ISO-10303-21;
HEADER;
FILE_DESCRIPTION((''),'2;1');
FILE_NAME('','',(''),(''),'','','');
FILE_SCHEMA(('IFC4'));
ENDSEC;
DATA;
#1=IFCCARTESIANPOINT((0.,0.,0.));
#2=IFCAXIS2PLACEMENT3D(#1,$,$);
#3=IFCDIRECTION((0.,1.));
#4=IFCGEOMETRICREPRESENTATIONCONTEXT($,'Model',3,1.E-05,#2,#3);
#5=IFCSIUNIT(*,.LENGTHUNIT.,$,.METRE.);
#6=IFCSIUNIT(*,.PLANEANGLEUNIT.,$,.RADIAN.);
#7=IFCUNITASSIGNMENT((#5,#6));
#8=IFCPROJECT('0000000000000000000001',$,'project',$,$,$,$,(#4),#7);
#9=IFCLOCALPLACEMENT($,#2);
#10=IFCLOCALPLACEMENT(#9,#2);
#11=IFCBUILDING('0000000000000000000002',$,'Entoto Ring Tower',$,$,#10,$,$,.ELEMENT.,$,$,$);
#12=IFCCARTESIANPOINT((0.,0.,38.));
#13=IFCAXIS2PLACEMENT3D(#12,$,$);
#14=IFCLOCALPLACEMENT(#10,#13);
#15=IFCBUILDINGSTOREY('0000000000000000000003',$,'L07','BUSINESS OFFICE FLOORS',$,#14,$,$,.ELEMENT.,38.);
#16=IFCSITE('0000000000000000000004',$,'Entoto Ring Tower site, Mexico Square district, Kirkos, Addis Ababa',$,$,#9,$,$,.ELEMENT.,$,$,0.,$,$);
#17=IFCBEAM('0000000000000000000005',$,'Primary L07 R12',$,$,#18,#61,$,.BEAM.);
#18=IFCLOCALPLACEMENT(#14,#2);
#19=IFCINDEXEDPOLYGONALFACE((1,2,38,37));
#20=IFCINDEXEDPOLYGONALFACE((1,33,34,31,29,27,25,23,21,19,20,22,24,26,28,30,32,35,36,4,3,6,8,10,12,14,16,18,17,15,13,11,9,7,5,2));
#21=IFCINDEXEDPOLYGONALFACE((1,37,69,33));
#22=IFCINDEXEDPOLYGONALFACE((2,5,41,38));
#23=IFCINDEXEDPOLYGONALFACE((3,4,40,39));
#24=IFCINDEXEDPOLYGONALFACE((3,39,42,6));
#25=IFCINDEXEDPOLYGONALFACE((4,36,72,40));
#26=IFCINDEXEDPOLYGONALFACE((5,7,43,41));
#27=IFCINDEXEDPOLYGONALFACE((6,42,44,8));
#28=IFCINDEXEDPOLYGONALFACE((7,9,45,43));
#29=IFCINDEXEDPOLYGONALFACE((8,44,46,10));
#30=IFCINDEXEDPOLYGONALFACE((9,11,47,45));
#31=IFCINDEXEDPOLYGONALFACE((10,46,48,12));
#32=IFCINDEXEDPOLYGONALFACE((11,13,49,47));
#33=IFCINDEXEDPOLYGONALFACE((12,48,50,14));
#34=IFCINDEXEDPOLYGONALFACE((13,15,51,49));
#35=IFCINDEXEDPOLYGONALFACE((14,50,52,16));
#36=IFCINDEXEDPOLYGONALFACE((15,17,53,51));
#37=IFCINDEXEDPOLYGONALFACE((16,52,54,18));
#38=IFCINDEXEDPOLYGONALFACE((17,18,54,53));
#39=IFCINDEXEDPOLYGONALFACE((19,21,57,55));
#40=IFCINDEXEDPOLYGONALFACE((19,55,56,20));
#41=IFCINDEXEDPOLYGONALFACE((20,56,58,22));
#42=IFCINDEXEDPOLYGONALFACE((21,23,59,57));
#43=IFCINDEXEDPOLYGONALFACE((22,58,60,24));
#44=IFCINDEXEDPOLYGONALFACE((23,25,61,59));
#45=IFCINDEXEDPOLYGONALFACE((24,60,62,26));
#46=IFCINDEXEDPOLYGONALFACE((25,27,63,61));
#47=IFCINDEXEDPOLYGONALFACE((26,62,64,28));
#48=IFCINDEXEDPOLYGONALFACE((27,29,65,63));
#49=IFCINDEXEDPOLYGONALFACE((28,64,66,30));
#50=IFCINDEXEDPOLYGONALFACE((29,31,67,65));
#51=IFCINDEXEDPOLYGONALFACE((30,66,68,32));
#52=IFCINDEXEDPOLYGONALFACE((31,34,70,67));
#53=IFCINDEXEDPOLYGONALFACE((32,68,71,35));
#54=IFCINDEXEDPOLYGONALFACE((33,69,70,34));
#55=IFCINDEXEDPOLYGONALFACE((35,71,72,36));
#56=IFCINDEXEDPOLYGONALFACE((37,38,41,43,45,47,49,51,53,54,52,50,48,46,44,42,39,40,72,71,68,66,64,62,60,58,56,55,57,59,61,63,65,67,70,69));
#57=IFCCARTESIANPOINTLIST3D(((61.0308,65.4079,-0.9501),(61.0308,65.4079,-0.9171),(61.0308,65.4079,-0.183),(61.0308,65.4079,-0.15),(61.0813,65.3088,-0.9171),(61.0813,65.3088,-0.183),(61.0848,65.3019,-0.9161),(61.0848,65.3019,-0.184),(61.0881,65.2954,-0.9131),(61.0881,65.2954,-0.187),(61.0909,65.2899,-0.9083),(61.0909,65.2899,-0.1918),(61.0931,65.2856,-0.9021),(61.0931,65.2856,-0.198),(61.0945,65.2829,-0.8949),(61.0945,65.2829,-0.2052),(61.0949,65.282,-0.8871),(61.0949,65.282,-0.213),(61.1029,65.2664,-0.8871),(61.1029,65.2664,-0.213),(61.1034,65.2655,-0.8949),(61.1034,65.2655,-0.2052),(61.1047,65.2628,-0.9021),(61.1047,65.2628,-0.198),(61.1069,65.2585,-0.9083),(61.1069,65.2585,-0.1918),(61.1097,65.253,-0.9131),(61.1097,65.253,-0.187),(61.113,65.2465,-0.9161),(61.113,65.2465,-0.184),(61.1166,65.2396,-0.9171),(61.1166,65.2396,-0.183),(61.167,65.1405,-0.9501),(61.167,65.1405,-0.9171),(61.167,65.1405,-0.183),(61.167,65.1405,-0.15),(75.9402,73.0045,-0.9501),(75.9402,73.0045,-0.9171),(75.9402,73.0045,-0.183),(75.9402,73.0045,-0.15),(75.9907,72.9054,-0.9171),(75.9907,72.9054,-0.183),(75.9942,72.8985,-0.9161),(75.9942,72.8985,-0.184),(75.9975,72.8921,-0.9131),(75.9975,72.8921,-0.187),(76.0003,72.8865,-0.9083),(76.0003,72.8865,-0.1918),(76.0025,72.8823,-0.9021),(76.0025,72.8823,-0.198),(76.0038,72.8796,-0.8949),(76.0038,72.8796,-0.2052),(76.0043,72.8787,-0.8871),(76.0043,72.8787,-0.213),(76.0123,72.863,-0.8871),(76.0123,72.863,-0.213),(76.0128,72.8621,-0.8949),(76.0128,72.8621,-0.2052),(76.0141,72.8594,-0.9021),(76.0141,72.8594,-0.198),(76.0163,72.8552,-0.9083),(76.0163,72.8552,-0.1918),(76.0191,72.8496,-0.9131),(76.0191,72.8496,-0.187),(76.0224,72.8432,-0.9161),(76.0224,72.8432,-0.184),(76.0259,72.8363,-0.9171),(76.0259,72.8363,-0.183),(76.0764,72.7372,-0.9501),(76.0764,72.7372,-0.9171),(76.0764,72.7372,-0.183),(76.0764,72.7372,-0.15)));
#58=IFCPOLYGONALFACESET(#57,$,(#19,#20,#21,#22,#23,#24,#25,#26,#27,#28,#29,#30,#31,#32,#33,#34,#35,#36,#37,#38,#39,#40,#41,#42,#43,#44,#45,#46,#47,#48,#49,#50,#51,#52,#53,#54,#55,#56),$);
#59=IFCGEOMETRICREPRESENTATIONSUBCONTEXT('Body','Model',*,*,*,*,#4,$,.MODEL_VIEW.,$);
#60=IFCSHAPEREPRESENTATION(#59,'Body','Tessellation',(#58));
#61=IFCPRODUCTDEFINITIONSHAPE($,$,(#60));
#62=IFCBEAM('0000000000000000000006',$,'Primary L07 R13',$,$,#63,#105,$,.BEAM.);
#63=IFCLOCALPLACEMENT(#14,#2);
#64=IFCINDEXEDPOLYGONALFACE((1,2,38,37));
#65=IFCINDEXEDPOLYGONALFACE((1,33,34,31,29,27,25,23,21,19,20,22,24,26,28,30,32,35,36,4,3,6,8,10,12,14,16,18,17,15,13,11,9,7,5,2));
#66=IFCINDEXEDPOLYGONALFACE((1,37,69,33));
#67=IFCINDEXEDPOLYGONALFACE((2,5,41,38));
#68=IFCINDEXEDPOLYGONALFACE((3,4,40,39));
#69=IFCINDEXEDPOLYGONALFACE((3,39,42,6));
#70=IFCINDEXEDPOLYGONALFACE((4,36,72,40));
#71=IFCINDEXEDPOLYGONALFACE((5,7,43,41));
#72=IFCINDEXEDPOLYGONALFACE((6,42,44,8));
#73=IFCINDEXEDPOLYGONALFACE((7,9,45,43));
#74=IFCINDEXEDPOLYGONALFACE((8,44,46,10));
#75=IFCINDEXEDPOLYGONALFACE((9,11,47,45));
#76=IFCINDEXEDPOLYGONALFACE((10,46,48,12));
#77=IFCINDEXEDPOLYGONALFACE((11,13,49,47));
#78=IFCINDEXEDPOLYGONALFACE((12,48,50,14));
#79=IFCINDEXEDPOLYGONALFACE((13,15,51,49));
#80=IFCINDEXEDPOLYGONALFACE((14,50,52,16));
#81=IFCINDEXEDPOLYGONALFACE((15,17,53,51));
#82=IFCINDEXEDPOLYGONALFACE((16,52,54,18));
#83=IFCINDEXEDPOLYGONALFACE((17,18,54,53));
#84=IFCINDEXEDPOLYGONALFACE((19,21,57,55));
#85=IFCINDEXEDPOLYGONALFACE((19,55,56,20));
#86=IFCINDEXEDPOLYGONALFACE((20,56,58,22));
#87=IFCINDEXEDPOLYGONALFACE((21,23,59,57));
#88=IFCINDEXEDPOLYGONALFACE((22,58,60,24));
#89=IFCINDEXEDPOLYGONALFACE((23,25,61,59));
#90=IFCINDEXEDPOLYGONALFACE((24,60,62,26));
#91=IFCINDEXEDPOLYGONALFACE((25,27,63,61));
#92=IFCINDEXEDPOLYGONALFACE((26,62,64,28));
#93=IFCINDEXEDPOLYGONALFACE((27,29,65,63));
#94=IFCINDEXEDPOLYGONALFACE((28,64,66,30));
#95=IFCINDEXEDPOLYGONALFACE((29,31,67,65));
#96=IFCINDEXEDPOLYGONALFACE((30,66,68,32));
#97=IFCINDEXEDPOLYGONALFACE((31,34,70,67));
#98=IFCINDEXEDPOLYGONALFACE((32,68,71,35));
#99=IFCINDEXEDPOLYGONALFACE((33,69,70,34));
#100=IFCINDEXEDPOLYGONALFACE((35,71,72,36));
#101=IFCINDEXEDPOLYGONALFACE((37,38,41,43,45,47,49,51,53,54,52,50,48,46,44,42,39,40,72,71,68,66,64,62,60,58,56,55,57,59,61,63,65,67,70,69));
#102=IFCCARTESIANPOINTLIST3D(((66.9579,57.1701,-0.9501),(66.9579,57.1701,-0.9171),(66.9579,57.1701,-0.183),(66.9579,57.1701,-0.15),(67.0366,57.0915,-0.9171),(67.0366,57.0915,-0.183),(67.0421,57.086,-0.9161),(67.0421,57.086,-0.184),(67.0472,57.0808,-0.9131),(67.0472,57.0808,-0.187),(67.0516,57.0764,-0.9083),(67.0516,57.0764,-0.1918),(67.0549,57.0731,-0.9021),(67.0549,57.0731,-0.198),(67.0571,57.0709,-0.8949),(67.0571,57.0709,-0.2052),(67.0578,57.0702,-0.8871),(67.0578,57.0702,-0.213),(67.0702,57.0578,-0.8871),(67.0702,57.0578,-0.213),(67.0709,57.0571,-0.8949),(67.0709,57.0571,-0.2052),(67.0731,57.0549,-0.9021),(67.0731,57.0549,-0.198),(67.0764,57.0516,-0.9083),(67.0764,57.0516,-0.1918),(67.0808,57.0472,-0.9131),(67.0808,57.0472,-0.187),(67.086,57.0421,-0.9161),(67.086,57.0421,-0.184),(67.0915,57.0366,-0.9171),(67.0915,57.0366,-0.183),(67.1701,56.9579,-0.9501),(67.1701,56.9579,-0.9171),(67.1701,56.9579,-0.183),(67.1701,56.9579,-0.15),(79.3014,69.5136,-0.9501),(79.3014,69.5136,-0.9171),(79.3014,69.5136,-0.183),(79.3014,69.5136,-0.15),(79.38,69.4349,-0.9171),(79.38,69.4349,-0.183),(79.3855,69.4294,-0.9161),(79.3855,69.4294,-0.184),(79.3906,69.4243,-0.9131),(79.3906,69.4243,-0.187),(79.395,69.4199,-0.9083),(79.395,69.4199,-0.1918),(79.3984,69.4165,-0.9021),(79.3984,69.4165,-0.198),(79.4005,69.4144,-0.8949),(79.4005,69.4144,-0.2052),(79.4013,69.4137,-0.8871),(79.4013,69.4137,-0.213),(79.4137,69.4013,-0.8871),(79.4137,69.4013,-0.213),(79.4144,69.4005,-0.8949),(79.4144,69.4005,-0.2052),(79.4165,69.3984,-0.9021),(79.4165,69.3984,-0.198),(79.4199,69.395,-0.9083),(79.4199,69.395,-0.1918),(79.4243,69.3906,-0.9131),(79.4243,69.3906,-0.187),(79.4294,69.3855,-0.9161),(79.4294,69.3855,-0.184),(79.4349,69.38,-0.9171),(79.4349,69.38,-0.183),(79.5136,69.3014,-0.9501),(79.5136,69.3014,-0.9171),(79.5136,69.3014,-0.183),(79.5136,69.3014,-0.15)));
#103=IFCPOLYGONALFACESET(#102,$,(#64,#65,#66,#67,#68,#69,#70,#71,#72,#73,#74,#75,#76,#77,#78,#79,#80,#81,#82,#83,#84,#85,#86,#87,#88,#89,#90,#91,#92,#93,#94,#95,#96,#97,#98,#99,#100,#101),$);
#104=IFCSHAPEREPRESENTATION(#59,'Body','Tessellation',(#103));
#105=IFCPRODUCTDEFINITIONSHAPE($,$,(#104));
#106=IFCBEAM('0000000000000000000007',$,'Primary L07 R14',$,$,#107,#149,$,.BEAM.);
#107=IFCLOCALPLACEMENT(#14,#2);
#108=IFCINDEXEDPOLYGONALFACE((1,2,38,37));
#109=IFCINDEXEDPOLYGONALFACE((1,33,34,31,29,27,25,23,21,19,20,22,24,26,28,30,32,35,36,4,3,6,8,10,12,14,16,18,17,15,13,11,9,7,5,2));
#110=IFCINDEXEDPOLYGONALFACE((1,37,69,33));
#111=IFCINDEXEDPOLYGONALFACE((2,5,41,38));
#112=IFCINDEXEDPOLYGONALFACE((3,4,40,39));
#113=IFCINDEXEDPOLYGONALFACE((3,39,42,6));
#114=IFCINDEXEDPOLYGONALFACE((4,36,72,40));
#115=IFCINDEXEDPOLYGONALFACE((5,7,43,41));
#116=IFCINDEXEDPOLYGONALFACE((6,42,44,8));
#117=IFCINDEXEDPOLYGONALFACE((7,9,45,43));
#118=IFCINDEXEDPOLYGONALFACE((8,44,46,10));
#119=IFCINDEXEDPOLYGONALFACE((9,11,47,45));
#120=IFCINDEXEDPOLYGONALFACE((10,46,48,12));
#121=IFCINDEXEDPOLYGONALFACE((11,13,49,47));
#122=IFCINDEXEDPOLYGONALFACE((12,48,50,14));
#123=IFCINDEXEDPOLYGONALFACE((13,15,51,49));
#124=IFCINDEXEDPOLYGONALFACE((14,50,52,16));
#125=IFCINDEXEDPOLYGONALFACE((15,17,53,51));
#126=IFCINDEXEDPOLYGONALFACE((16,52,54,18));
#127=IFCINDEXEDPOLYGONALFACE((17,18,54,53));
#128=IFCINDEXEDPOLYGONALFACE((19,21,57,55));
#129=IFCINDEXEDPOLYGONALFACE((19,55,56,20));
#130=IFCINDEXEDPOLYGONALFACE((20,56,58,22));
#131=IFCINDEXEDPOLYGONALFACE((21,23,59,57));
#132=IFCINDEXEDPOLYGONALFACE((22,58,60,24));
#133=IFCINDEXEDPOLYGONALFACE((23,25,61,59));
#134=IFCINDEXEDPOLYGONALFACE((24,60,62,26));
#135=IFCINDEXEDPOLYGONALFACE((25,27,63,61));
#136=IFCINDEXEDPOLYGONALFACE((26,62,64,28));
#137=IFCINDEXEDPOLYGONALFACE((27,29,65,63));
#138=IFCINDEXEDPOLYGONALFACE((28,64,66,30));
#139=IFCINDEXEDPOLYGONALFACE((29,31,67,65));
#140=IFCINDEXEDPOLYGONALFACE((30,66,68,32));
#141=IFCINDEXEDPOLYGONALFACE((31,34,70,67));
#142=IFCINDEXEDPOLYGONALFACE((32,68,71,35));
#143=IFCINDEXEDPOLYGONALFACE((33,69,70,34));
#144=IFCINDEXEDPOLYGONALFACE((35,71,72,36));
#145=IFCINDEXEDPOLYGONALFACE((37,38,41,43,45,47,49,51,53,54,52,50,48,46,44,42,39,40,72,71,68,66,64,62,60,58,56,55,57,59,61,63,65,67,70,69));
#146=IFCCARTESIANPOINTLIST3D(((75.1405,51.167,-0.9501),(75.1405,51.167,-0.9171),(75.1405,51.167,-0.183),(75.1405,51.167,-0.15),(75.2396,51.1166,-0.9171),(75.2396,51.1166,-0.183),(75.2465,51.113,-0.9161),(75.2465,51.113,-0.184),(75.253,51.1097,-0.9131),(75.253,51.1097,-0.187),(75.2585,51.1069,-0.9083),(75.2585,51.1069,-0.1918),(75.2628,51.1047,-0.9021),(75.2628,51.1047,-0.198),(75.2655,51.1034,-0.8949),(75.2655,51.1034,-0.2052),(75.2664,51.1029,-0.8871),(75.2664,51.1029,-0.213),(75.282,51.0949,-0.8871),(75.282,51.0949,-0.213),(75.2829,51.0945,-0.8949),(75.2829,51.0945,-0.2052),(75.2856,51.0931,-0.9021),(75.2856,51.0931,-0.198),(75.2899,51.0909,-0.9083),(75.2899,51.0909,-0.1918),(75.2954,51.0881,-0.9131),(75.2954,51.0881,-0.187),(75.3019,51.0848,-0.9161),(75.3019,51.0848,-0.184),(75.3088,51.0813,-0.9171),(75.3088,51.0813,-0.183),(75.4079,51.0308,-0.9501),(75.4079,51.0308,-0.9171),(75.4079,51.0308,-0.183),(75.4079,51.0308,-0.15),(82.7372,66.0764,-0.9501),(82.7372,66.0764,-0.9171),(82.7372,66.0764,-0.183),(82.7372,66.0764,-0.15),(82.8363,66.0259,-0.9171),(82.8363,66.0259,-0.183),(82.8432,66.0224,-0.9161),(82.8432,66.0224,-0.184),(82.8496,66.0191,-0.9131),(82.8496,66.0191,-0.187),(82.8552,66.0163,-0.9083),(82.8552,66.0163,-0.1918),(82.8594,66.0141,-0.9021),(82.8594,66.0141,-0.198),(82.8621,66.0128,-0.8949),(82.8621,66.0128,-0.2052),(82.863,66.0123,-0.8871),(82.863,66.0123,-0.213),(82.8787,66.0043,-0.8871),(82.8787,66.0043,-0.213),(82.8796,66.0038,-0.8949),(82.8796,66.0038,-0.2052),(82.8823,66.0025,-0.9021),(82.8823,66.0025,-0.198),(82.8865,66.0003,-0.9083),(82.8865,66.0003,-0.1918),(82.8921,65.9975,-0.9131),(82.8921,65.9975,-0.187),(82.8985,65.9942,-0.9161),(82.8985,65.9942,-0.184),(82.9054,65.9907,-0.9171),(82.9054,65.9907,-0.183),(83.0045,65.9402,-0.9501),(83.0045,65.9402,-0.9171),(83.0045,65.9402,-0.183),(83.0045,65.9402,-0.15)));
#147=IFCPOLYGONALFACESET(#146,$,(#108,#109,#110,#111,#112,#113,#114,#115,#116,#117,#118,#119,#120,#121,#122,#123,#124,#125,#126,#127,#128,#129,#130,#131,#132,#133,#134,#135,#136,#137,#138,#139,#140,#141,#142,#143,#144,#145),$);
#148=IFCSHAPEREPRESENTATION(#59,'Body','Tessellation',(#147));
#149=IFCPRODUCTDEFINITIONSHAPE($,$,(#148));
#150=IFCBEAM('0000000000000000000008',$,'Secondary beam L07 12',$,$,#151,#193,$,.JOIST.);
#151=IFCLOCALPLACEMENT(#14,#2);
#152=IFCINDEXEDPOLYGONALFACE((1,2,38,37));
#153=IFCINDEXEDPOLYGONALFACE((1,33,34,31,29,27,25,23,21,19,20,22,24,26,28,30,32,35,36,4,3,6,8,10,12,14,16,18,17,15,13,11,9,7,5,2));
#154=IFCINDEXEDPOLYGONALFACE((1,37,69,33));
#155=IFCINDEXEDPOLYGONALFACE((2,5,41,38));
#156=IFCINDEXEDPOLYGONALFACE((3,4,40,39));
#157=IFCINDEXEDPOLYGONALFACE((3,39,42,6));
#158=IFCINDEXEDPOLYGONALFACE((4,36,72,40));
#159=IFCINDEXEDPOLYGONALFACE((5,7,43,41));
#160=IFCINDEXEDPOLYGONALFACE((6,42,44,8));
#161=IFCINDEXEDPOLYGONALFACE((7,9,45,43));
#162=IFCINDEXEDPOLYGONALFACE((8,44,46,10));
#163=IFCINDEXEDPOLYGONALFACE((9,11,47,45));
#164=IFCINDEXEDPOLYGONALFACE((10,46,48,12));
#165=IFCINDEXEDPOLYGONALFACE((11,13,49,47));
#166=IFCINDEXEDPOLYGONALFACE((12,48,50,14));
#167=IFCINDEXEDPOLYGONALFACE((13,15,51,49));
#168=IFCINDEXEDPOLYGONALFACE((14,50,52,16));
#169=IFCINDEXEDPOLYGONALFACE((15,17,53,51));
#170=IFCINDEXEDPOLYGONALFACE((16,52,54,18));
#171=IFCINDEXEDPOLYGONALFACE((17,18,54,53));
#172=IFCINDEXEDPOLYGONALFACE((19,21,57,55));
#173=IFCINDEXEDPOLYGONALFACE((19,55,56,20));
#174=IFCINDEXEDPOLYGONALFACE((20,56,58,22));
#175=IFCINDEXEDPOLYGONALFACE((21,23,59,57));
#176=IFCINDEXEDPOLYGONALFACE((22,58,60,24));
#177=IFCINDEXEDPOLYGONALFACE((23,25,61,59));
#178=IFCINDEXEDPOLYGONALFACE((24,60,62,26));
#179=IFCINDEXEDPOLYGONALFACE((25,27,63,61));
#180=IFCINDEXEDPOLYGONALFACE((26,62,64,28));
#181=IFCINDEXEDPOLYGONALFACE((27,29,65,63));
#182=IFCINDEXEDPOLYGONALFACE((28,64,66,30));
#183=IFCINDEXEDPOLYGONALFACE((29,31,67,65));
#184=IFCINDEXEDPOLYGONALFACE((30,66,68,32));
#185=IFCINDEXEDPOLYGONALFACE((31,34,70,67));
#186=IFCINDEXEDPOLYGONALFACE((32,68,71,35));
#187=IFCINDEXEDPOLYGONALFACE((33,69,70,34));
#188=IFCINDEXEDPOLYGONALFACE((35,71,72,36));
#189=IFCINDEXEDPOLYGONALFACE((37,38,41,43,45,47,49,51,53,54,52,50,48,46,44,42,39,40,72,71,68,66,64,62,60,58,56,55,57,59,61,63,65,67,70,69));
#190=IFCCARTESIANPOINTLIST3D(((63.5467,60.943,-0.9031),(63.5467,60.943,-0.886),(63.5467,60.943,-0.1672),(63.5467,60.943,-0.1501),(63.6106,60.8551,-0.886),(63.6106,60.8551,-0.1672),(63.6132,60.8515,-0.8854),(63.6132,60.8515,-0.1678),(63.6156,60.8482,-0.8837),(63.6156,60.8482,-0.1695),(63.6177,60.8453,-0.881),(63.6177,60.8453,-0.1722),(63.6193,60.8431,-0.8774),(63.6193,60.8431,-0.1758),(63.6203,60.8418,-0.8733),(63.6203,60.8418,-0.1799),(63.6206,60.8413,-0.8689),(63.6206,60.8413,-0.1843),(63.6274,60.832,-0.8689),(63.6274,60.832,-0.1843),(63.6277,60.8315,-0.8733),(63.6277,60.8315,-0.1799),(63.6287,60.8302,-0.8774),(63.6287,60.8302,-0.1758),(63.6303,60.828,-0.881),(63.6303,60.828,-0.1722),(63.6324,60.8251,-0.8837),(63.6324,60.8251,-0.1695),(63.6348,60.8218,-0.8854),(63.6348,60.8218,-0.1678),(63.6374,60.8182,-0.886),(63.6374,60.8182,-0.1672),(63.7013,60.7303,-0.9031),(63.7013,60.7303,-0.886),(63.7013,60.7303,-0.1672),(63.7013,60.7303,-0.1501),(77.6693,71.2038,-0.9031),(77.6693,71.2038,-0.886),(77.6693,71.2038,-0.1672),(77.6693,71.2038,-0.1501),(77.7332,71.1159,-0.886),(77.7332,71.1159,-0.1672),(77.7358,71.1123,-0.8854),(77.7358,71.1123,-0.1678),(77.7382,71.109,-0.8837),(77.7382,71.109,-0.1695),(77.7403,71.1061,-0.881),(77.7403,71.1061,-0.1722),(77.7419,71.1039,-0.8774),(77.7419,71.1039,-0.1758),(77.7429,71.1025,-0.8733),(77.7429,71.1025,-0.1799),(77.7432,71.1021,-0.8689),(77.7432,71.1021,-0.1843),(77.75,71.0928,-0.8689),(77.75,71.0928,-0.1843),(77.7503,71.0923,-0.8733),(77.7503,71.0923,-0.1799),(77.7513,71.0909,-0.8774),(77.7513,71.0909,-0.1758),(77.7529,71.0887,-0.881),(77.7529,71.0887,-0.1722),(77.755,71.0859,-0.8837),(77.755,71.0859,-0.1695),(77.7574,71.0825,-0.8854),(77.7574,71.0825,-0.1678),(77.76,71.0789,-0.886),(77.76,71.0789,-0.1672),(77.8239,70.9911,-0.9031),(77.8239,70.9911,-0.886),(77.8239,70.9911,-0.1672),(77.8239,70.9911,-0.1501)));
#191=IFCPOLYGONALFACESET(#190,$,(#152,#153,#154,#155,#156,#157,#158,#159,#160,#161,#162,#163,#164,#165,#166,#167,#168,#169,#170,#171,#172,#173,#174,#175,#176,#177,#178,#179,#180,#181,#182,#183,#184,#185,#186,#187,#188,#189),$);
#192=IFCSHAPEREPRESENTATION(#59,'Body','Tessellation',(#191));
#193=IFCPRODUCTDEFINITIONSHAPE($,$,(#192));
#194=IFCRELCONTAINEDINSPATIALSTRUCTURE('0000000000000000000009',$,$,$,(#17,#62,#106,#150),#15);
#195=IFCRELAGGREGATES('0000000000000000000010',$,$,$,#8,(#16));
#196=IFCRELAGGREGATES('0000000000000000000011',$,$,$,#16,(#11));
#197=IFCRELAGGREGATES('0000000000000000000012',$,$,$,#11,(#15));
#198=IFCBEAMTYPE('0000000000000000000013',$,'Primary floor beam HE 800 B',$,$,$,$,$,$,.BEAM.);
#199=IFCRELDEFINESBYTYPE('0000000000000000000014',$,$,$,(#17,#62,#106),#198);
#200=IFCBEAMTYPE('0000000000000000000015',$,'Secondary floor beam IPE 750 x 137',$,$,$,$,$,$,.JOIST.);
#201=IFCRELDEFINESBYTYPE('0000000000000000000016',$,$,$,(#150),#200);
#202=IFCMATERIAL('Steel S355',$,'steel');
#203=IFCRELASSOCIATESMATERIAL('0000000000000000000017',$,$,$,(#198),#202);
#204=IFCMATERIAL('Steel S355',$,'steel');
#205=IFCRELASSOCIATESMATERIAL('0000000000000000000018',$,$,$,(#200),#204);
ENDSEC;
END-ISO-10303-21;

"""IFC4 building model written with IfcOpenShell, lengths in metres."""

from ifc_helpers import new_model, si_unit, direction, frame, origin, origin_2d, place, context, subcontext, project, spatial, i_section, extrude, material, material_profile, profile_set, type_object, element, save


model = new_model("IFC4")

# Units and contexts
model_context = context("Model", 3, precision=1e-05, world=origin(), true_north=direction((0.0, 1.0)))
body_context = subcontext(model_context, "Body", "Model", "MODEL_VIEW")
ifc_project = project(units=[si_unit("LENGTHUNIT", "METRE"), si_unit("PLANEANGLEUNIT", "RADIAN")], contexts=[model_context])

# Site, building, storey
site_placement = place(None, origin())
site = spatial("IfcSite", under=ifc_project, at=site_placement, Name="Entoto Ring Tower site, Mexico Square district, Kirkos, Addis Ababa", CompositionType="ELEMENT", RefElevation=0.0)
building_placement = place(site_placement, origin())
building = spatial("IfcBuilding", under=site, at=building_placement, Name="Entoto Ring Tower", CompositionType="ELEMENT")
storey_placement = place(building_placement, frame((0.0, 0.0, 38.0)))
storey = spatial("IfcBuildingStorey", under=building, at=storey_placement, Name="L07", Description="BUSINESS OFFICE FLOORS", CompositionType="ELEMENT", Elevation=38.0)

# Beams
ifc_material_1 = material(Name="Steel S355", Category="steel")
ifc_material_profile_1 = material_profile(ifc_material_1, i_section(OverallWidth=0.3, OverallDepth=0.8, WebThickness=0.0176, FlangeThickness=0.033, FilletRadius=0.03, at=origin_2d()), Name="HE 800 B")
ifc_profile_set_1 = profile_set([ifc_material_profile_1], Name="Steel S355")
beam_type_1 = type_object("IfcBeamType", Name="Primary floor beam HE 800 B", PredefinedType="BEAM", material=ifc_profile_set_1)
beam_1_placement = place(storey_placement, frame((76.0083, 72.8708, -0.55), z_axis=(-0.891008, -0.453988, 0.0), x_axis=(0.453988, -0.891008, 0.0)))
element("IfcBeam", 1, at=beam_1_placement, inside=storey, type_object=beam_type_1, Name="Primary L07 R12", PredefinedType="BEAM", context=body_context, shape_type="SweptSolid", body=[
    extrude(i_section(OverallWidth=0.3, OverallDepth=0.8, WebThickness=0.0176, FlangeThickness=0.033, FilletRadius=0.03, at=origin_2d()), origin(), (0.0, 0.0, 1.0), 16.7332),
])
beam_2_placement = place(storey_placement, frame((79.4075, 69.4075, -0.55), z_axis=(-0.707107, -0.707107, 0.0), x_axis=(0.707107, -0.707107, 0.0)))
element("IfcBeam", 2, at=beam_2_placement, inside=storey, type_object=beam_type_1, Name="Primary L07 R13", PredefinedType="BEAM", context=body_context, shape_type="SweptSolid", body=[
    extrude(i_section(OverallWidth=0.3, OverallDepth=0.8, WebThickness=0.0176, FlangeThickness=0.033, FilletRadius=0.03, at=origin_2d()), origin(), (0.0, 0.0, 1.0), 17.4563),
])
beam_3_placement = place(storey_placement, frame((82.8708, 66.0083, -0.55), z_axis=(-0.453988, -0.891008, 0.0), x_axis=(0.891008, -0.453988, 0.0)))
element("IfcBeam", 3, at=beam_3_placement, inside=storey, type_object=beam_type_1, Name="Primary L07 R14", PredefinedType="BEAM", context=body_context, shape_type="SweptSolid", body=[
    extrude(i_section(OverallWidth=0.3, OverallDepth=0.8, WebThickness=0.0176, FlangeThickness=0.033, FilletRadius=0.03, at=origin_2d()), origin(), (0.0, 0.0, 1.0), 16.7332),
])
ifc_material_2 = material(Name="Steel S355", Category="steel")
ifc_material_profile_2 = material_profile(ifc_material_2, i_section(OverallWidth=0.2629, OverallDepth=0.7529, WebThickness=0.0115, FlangeThickness=0.0171, FilletRadius=0.0171, at=origin_2d()), Name="IPE 750 x 137")
ifc_profile_set_2 = profile_set([ifc_material_profile_2], Name="Steel S355")
beam_type_2 = type_object("IfcBeamType", Name="Secondary floor beam IPE 750 x 137", PredefinedType="JOIST", material=ifc_profile_set_2)
for number, where, z_axis, x_axis, name in (
    (4, (77.7466, 71.0974, -0.5266), (-0.809014, -0.587789, 0.0), (0.587789, -0.809014, 0.0), "Secondary beam L07 12"),
):
    element("IfcBeam", number, at=place(storey_placement, frame(where, z_axis=z_axis, x_axis=x_axis)), inside=storey, type_object=beam_type_2, Name=name, PredefinedType="JOIST", context=body_context, shape_type="SweptSolid", body=[
        extrude(i_section(OverallWidth=0.2629, OverallDepth=0.7529, WebThickness=0.0115, FlangeThickness=0.0171, FilletRadius=0.0171, at=origin_2d()), origin(), (0.0, 0.0, 1.0), 17.4565),
    ])

save(model, "model.ifc")
